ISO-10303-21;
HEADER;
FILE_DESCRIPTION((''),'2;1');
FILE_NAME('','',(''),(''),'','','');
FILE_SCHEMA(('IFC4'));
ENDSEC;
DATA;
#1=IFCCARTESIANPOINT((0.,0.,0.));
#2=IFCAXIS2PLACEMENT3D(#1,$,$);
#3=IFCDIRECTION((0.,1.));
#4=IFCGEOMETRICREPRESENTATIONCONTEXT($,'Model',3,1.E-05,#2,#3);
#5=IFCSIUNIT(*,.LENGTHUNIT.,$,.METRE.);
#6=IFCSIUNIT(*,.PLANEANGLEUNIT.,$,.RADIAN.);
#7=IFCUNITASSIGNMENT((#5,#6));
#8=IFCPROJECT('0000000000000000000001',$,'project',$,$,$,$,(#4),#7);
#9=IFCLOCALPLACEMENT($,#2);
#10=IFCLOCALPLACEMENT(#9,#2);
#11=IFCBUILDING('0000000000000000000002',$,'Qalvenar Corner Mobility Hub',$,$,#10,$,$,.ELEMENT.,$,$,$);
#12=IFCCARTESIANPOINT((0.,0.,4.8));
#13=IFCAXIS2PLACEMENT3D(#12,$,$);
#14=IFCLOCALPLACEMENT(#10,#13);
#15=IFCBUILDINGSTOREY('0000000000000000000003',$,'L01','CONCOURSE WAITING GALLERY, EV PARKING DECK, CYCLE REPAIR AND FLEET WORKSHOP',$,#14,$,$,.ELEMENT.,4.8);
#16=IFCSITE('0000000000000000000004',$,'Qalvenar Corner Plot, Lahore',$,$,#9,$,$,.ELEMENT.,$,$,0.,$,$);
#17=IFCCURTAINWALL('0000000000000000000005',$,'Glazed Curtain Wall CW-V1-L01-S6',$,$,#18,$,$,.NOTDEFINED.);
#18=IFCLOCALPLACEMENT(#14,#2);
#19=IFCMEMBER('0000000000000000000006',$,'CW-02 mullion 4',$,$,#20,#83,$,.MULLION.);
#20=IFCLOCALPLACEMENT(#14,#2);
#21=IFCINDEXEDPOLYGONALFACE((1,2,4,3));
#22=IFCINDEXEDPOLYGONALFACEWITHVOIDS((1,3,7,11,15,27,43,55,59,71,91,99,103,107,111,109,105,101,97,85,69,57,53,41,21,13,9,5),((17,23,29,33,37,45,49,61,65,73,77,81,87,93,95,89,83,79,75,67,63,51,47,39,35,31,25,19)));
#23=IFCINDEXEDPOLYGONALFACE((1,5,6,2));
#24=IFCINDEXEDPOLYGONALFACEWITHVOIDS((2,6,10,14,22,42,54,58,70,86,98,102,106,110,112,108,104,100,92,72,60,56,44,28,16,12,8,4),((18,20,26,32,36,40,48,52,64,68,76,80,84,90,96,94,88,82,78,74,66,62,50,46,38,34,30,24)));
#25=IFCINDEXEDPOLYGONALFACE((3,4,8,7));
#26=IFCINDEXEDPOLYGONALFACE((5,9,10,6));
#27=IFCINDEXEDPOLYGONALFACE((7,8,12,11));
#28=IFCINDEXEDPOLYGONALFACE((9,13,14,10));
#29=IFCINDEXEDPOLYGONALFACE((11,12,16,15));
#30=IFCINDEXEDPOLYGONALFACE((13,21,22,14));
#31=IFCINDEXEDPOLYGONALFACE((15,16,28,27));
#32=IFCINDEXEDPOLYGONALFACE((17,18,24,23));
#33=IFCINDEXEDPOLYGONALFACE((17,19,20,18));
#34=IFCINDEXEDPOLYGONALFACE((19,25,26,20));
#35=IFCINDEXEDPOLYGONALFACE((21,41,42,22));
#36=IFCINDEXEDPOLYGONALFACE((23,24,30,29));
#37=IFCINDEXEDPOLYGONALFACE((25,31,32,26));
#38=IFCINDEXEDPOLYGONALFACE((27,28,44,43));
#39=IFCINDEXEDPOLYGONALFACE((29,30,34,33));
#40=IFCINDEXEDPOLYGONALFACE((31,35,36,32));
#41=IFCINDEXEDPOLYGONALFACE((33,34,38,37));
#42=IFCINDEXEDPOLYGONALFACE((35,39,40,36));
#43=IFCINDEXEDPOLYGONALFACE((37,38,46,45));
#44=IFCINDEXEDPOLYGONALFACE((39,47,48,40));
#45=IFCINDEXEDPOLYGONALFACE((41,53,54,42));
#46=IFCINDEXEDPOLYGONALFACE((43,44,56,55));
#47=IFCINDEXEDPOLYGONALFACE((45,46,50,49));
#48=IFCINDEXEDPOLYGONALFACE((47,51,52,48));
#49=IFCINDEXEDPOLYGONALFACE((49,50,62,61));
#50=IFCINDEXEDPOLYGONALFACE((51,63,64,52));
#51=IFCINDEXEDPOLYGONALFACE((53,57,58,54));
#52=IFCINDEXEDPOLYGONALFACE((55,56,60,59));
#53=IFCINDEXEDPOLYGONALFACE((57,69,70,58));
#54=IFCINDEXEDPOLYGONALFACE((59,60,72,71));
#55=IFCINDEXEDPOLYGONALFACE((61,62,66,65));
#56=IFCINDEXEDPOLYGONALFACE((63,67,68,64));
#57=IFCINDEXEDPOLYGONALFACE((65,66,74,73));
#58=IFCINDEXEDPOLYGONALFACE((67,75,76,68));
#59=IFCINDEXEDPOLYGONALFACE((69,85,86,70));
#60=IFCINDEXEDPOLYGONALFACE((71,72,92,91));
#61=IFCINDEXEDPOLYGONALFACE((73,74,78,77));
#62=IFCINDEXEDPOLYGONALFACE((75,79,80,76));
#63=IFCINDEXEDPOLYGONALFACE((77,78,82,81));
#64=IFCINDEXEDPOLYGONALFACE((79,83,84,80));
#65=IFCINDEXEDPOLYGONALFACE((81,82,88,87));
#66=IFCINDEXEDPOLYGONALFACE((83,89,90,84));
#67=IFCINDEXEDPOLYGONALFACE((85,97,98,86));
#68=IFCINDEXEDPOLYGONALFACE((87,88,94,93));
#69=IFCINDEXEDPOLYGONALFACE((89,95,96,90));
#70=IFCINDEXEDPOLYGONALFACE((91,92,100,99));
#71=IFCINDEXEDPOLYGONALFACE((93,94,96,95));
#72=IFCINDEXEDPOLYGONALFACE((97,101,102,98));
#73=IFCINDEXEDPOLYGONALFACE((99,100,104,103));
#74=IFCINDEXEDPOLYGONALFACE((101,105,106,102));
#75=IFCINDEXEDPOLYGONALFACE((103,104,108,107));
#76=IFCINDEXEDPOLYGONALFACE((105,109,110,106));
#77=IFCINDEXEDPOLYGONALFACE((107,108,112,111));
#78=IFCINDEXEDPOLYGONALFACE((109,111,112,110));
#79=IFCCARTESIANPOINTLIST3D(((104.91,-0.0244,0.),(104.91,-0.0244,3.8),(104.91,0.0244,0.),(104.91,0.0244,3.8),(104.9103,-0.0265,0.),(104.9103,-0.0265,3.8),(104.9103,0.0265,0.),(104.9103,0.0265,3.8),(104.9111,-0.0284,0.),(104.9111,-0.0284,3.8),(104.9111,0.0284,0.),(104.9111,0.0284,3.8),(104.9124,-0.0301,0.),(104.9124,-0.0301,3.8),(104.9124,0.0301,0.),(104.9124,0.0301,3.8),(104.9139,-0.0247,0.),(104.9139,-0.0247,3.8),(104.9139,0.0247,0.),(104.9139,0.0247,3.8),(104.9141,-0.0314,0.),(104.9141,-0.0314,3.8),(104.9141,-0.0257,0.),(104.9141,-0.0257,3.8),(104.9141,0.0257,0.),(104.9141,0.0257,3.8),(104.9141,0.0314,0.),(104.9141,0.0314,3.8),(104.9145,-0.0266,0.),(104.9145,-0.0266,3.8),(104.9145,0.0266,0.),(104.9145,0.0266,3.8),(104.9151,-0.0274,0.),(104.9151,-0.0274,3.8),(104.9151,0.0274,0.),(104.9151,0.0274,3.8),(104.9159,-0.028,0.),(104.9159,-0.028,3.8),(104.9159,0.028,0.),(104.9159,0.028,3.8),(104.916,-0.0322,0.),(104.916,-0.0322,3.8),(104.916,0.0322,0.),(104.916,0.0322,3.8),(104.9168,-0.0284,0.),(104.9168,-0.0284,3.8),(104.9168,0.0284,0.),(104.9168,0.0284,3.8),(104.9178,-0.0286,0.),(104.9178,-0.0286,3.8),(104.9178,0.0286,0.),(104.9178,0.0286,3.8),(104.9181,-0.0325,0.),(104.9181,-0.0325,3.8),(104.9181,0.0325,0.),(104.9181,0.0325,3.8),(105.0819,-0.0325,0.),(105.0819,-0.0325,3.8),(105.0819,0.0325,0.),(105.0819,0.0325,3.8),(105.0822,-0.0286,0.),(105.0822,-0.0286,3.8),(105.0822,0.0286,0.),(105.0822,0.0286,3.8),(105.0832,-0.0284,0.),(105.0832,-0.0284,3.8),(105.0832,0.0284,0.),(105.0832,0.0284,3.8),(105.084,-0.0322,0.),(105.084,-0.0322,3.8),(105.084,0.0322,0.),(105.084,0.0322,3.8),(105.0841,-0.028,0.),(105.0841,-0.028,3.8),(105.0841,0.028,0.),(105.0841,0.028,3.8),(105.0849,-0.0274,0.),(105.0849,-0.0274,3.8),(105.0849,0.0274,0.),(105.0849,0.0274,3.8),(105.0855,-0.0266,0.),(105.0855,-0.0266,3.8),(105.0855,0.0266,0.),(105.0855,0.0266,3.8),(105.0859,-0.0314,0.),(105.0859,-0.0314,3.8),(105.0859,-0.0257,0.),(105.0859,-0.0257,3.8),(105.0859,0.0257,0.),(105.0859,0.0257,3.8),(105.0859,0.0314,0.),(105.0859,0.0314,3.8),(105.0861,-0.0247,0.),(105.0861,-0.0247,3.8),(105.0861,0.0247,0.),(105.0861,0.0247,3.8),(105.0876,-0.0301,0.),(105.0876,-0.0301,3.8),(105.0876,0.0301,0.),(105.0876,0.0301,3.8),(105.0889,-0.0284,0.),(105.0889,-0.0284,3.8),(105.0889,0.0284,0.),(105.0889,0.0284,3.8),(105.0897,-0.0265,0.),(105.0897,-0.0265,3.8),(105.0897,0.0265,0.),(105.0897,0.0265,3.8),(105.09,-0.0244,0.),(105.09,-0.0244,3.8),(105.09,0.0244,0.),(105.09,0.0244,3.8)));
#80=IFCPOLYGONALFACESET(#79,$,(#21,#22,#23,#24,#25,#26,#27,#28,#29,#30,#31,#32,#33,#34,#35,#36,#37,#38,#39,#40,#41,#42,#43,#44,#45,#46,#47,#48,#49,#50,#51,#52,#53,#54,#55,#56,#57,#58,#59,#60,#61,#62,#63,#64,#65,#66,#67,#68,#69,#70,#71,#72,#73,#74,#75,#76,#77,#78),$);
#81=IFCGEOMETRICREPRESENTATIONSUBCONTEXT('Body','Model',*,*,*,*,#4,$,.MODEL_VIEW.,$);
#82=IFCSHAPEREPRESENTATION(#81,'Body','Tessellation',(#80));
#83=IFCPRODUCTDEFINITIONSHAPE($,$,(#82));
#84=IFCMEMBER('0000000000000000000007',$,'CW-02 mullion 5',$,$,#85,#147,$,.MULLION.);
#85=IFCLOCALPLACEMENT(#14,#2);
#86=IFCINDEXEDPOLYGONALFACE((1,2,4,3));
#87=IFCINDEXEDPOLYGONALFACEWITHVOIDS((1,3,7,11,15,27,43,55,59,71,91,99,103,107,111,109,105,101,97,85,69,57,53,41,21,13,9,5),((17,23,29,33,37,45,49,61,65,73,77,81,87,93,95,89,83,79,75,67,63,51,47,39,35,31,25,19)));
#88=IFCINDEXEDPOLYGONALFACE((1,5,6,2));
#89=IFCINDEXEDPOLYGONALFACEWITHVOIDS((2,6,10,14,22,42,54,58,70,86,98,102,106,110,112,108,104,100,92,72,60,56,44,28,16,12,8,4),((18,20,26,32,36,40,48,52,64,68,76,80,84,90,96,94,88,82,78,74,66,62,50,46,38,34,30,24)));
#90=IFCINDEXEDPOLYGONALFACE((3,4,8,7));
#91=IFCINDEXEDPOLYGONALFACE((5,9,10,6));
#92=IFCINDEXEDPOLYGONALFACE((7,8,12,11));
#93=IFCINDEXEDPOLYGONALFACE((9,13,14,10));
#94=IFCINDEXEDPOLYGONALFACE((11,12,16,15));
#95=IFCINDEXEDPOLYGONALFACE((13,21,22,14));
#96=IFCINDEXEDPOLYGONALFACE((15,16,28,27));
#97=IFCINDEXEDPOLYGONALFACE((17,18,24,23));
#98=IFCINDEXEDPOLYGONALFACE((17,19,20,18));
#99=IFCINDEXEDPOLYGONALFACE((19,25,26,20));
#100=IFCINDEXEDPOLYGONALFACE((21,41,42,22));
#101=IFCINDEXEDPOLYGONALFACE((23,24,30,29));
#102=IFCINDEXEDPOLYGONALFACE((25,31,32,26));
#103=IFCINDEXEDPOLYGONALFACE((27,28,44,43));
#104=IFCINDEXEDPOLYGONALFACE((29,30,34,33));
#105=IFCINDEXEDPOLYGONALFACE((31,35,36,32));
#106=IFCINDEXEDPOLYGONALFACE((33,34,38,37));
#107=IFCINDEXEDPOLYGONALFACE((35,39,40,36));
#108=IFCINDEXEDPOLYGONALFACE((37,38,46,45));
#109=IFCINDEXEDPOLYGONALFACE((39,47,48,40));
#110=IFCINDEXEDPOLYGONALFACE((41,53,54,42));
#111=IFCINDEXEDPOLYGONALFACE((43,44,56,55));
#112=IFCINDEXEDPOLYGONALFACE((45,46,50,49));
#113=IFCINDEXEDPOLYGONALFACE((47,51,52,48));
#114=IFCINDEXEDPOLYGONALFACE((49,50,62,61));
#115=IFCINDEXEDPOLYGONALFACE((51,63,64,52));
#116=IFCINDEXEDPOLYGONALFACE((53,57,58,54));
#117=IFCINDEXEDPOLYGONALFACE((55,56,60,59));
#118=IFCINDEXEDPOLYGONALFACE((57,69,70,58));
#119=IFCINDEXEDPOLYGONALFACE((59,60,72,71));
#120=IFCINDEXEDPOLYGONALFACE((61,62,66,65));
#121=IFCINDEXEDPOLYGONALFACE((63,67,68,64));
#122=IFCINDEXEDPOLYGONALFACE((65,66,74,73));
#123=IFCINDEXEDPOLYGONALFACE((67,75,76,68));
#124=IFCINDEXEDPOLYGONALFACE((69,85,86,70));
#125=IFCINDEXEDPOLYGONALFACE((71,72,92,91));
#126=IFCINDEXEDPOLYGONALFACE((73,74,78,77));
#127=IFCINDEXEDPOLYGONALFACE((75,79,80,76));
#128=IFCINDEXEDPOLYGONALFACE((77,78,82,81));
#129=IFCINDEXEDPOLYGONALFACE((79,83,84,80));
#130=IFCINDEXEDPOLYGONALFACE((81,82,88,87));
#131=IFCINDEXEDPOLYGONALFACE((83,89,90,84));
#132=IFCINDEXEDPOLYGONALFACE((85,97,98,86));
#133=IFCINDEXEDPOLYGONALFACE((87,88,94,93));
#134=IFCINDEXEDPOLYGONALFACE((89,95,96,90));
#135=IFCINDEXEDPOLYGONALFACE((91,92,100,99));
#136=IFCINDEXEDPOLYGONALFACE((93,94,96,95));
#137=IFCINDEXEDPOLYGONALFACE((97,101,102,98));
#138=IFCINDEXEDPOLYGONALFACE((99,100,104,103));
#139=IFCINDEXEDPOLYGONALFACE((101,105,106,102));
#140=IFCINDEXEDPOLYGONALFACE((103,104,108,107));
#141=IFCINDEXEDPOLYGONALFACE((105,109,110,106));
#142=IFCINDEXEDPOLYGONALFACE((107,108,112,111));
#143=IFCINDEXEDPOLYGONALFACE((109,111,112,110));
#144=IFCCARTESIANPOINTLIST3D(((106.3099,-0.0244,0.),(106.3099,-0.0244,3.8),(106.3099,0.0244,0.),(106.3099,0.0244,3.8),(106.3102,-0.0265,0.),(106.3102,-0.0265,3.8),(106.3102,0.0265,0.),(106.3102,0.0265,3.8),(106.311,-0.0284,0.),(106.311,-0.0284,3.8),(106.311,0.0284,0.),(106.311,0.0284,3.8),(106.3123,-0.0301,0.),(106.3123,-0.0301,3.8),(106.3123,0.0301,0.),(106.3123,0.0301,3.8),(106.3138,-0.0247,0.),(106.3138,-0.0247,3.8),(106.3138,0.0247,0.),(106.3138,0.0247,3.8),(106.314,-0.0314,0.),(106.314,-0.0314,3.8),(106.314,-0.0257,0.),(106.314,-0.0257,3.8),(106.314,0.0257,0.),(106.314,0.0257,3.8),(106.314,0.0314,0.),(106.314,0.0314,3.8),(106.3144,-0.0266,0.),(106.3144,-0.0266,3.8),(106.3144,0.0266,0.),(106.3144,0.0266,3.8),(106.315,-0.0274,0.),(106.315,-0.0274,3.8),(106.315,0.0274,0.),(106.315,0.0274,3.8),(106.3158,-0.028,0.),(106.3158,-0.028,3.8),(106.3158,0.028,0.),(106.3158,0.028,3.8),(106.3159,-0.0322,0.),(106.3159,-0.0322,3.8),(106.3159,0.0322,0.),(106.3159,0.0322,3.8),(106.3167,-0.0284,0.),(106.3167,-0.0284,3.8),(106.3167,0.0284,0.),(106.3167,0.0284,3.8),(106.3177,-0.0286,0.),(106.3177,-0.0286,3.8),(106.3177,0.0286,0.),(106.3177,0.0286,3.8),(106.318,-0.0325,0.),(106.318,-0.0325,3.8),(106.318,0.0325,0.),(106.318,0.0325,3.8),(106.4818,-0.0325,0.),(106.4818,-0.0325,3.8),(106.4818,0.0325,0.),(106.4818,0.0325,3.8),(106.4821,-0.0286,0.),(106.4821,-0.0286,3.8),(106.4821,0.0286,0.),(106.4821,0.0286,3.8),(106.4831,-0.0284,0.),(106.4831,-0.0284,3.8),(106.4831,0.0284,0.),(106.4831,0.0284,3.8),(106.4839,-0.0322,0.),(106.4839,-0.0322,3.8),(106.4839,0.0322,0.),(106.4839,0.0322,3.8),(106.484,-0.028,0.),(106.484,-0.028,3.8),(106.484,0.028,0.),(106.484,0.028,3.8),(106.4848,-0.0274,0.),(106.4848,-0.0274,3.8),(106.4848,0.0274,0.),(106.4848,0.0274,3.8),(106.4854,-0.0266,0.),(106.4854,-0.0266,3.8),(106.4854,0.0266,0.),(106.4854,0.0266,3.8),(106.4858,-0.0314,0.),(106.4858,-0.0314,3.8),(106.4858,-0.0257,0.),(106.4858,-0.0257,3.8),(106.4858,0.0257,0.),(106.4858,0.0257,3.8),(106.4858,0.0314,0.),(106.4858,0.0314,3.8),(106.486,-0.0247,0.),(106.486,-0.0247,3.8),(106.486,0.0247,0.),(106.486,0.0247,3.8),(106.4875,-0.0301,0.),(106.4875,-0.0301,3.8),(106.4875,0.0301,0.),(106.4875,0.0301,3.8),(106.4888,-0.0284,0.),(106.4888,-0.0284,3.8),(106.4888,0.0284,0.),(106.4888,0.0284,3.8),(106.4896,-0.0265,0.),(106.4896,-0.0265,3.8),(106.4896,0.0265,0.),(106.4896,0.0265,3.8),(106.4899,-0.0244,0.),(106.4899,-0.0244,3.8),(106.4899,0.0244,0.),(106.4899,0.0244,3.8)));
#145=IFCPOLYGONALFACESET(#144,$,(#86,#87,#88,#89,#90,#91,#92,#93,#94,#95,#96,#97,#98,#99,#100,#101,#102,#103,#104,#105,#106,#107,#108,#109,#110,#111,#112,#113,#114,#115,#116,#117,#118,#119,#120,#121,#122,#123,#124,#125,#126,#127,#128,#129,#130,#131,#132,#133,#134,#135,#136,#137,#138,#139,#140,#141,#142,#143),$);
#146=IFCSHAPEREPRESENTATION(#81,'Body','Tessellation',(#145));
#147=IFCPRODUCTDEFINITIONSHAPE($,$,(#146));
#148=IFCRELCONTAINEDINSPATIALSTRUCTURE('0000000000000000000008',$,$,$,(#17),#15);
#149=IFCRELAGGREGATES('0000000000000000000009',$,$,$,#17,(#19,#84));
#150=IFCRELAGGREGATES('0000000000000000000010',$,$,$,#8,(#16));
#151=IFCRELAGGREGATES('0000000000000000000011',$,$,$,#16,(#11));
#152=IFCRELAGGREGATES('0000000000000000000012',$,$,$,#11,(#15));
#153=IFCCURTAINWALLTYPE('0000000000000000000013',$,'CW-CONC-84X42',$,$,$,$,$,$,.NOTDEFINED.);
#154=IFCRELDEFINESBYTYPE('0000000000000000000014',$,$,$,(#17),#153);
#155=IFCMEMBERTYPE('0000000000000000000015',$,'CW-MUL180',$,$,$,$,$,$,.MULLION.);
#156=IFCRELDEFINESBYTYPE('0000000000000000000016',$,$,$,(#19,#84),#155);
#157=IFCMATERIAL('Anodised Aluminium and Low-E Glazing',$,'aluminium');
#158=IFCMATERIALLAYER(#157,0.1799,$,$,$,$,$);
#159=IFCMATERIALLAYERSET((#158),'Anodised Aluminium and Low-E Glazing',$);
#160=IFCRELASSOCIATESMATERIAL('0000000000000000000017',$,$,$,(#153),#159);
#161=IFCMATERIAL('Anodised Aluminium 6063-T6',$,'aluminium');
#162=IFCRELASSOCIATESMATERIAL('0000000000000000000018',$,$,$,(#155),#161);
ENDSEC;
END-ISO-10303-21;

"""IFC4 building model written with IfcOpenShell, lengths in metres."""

from ifc_helpers import new_model, si_unit, direction, frame, origin, origin_2d, place, context, subcontext, project, spatial, hollow_rectangle, extrude, material, layer, layer_set, material_profile, profile_set, type_object, element, aggregate, save


model = new_model("IFC4")

# Units and contexts
model_context = context("Model", 3, precision=1e-05, world=origin(), true_north=direction((0.0, 1.0)))
body_context = subcontext(model_context, "Body", "Model", "MODEL_VIEW")
ifc_project = project(units=[si_unit("LENGTHUNIT", "METRE"), si_unit("PLANEANGLEUNIT", "RADIAN")], contexts=[model_context])

# Site, building, storey
site_placement = place(None, origin())
site = spatial("IfcSite", under=ifc_project, at=site_placement, Name="Qalvenar Corner Plot, Lahore", CompositionType="ELEMENT", RefElevation=0.0)
building_placement = place(site_placement, origin())
building = spatial("IfcBuilding", under=site, at=building_placement, Name="Qalvenar Corner Mobility Hub", CompositionType="ELEMENT")
storey_placement = place(building_placement, frame((0.0, 0.0, 4.8)))
storey = spatial("IfcBuildingStorey", under=building, at=storey_placement, Name="L01", Description="CONCOURSE WAITING GALLERY, EV PARKING DECK, CYCLE REPAIR AND FLEET WORKSHOP", CompositionType="ELEMENT", Elevation=4.8)

# Curtain wall, members
ifc_material_1 = material(Name="Anodised Aluminium and Low-E Glazing", Category="aluminium")
ifc_layer_1 = layer(ifc_material_1, 0.1799)
ifc_layer_set_1 = layer_set([ifc_layer_1], Name="Anodised Aluminium and Low-E Glazing")
curtain_wall_type = type_object("IfcCurtainWallType", Name="CW-CONC-84X42", PredefinedType="NOTDEFINED", material=ifc_layer_set_1)
curtain_wall_placement = place(storey_placement, origin())
curtain_wall = element("IfcCurtainWall", 1, at=curtain_wall_placement, inside=storey, type_object=curtain_wall_type, Name="Glazed Curtain Wall CW-V1-L01-S6", PredefinedType="NOTDEFINED")
ifc_material_2 = material(Name="Anodised Aluminium 6063-T6", Category="aluminium")
ifc_material_profile_1 = material_profile(ifc_material_2, hollow_rectangle(XDim=0.0649, YDim=0.1799, WallThickness=0.0039, InnerFilletRadius=0.0039, OuterFilletRadius=0.0081, at=origin_2d()), Name="RHS180x65x4")
ifc_profile_set_1 = profile_set([ifc_material_profile_1], Name="Anodised Aluminium 6063-T6")
member_type_1 = type_object("IfcMemberType", Name="CW-MUL180", PredefinedType="MULLION", material=ifc_profile_set_1)
member_1_placement = place(storey_placement, frame((105.0, 0.0, 0.0), z_axis=(0.0, 0.0, 1.0), x_axis=(0.0, 1.0, 0.0)))
member_1 = element("IfcMember", 2, at=member_1_placement, type_object=member_type_1, Name="CW-02 mullion 4", PredefinedType="MULLION", context=body_context, shape_type="SweptSolid", body=[
    extrude(hollow_rectangle(XDim=0.0649, YDim=0.1799, WallThickness=0.0039, InnerFilletRadius=0.0039, OuterFilletRadius=0.0081, at=origin_2d()), origin(), (0.0, 0.0, 1.0), 3.8),
])
member_2_placement = place(storey_placement, frame((106.3999, 0.0, 0.0), z_axis=(0.0, 0.0, 1.0), x_axis=(0.0, 1.0, 0.0)))
member_2 = element("IfcMember", 3, at=member_2_placement, type_object=member_type_1, Name="CW-02 mullion 5", PredefinedType="MULLION", context=body_context, shape_type="SweptSolid", body=[
    extrude(hollow_rectangle(XDim=0.0649, YDim=0.1799, WallThickness=0.0039, InnerFilletRadius=0.0039, OuterFilletRadius=0.0081, at=origin_2d()), origin(), (0.0, 0.0, 1.0), 3.8),
])
aggregate(curtain_wall, [member_1, member_2])

save(model, "model.ifc")
